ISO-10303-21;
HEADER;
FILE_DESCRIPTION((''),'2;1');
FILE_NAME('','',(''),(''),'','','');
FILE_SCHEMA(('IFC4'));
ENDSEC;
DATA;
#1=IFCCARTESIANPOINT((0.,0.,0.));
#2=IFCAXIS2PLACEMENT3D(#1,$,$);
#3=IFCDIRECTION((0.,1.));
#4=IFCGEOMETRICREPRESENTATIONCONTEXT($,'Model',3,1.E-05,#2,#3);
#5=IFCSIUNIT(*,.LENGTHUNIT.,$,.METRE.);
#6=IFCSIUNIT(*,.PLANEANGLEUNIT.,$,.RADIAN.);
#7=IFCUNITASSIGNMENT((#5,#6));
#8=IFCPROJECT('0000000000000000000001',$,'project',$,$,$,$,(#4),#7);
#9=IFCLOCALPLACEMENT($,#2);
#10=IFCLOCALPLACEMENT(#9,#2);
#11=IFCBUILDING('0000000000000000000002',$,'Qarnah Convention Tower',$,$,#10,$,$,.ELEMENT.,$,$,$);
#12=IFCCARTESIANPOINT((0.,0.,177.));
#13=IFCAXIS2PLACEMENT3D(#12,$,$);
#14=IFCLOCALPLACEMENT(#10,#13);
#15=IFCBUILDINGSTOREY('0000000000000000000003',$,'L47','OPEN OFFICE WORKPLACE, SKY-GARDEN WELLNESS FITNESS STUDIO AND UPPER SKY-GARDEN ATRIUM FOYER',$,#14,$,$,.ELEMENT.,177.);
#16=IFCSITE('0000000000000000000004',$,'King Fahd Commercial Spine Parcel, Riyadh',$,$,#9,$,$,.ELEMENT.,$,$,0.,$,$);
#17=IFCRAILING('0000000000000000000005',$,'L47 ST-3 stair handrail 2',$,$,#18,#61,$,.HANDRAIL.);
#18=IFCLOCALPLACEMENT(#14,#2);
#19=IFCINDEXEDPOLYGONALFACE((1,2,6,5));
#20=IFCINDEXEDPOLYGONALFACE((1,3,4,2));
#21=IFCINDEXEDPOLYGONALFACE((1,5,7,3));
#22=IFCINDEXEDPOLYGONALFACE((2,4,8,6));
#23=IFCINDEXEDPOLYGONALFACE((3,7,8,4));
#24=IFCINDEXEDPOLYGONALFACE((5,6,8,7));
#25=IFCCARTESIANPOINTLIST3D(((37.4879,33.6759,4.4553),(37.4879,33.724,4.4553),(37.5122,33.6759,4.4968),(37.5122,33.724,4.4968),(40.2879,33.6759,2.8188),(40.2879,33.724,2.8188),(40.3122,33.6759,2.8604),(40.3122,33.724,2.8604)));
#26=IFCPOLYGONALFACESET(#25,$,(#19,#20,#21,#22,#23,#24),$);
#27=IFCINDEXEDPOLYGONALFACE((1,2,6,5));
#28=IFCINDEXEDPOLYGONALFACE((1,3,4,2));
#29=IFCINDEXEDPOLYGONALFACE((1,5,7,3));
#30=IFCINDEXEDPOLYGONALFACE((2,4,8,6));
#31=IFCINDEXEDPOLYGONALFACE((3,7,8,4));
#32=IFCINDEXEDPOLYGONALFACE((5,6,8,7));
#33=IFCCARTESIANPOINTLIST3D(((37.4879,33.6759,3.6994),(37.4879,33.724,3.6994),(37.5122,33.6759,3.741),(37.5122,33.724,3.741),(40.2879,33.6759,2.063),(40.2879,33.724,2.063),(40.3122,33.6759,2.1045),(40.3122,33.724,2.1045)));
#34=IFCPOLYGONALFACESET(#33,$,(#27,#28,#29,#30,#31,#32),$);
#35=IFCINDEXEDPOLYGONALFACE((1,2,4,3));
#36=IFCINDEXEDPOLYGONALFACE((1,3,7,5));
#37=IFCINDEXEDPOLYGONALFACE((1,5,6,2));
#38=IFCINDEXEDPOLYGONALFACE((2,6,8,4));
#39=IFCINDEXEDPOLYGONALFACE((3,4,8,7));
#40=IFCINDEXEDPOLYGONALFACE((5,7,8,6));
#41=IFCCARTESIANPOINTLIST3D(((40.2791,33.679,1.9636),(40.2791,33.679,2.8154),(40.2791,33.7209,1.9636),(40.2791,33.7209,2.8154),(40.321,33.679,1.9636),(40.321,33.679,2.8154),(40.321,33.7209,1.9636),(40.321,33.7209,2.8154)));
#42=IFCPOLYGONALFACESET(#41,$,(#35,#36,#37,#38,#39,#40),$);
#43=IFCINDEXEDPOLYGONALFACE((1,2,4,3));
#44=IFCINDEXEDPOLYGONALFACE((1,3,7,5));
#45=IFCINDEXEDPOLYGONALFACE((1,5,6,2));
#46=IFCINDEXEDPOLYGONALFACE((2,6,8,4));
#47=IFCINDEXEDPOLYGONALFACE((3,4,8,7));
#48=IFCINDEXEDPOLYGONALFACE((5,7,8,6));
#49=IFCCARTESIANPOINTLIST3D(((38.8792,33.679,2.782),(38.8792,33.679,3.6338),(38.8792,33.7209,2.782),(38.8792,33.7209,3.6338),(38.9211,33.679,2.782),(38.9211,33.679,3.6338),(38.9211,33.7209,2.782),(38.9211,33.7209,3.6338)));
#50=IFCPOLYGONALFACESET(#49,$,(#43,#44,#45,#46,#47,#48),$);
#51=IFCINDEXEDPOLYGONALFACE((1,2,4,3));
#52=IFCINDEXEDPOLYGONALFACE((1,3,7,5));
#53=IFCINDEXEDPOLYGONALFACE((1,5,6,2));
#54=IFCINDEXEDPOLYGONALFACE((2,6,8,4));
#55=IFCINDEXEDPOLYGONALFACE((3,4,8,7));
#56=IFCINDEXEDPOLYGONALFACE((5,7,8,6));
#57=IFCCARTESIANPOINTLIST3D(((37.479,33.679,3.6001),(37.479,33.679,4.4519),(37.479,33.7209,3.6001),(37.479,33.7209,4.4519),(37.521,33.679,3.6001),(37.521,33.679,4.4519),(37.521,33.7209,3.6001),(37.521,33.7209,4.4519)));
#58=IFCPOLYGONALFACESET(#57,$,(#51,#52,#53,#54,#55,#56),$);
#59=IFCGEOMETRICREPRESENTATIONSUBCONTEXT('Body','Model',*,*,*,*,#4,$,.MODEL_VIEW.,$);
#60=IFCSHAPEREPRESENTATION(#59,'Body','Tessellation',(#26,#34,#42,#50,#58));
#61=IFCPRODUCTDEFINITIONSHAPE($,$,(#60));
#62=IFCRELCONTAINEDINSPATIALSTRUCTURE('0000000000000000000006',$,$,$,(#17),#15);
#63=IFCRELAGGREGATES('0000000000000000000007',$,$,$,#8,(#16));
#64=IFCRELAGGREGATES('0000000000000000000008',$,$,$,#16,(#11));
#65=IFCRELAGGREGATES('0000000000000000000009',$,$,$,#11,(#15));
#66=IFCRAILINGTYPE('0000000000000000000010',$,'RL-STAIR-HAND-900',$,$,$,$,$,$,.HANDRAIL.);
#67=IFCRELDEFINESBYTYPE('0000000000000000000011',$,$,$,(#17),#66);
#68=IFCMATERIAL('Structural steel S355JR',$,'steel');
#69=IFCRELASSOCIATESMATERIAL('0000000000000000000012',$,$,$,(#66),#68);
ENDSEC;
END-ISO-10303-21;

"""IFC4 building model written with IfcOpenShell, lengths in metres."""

from ifc_helpers import new_model, si_unit, direction, frame, origin, origin_2d, place, context, subcontext, project, spatial, rectangle, extrude, material, type_object, element, save


model = new_model("IFC4")

# Units and contexts
model_context = context("Model", 3, precision=1e-05, world=origin(), true_north=direction((0.0, 1.0)))
body_context = subcontext(model_context, "Body", "Model", "MODEL_VIEW")
ifc_project = project(units=[si_unit("LENGTHUNIT", "METRE"), si_unit("PLANEANGLEUNIT", "RADIAN")], contexts=[model_context])

# Site, building, storey
site_placement = place(None, origin())
site = spatial("IfcSite", under=ifc_project, at=site_placement, Name="King Fahd Commercial Spine Parcel, Riyadh", CompositionType="ELEMENT", RefElevation=0.0)
building_placement = place(site_placement, origin())
building = spatial("IfcBuilding", under=site, at=building_placement, Name="Qarnah Convention Tower", CompositionType="ELEMENT")
storey_placement = place(building_placement, frame((0.0, 0.0, 177.0)))
storey = spatial("IfcBuildingStorey", under=building, at=storey_placement, Name="L47", Description="OPEN OFFICE WORKPLACE, SKY-GARDEN WELLNESS FITNESS STUDIO AND UPPER SKY-GARDEN ATRIUM FOYER", CompositionType="ELEMENT", Elevation=177.0)

# Shared definitions
ifc_material_1 = material(Name="Structural steel S355JR", Category="steel")

# Railing
railing_type_1 = type_object("IfcRailingType", Name="RL-STAIR-HAND-900", PredefinedType="HANDRAIL", material=ifc_material_1)
railing_1_placement = place(storey_placement, frame((40.3, 33.7, 1.9636)))
element("IfcRailing", 1, at=railing_1_placement, inside=storey, type_object=railing_type_1, Name="L47 ST-3 stair handrail 2", PredefinedType="HANDRAIL", context=body_context, shape_type="SweptSolid", body=[
    extrude(rectangle(XDim=0.0481, YDim=0.0481, at=origin_2d()), frame((0.0, 0.0, 0.876), z_axis=(-0.863361, 0.0, 0.504587), x_axis=(0.0, -1.0, 0.0)), (0.0, 0.0, 1.0), 3.2432),
    extrude(rectangle(XDim=0.0481, YDim=0.0481, at=origin_2d()), frame((0.0, 0.0, 0.1201), z_axis=(-0.863361, 0.0, 0.504587), x_axis=(0.0, -1.0, 0.0)), (0.0, 0.0, 1.0), 3.2432),
    extrude(rectangle(XDim=0.042, YDim=0.042, at=origin_2d()), origin(), (0.0, 0.0, 1.0), 0.8518),
    extrude(rectangle(XDim=0.042, YDim=0.042, at=origin_2d()), frame((-1.3999, 0.0, 0.8184)), (0.0, 0.0, 1.0), 0.8518),
    extrude(rectangle(XDim=0.042, YDim=0.042, at=origin_2d()), frame((-2.8, 0.0, 1.6365)), (0.0, 0.0, 1.0), 0.8518),
])

save(model, "model.ifc")
